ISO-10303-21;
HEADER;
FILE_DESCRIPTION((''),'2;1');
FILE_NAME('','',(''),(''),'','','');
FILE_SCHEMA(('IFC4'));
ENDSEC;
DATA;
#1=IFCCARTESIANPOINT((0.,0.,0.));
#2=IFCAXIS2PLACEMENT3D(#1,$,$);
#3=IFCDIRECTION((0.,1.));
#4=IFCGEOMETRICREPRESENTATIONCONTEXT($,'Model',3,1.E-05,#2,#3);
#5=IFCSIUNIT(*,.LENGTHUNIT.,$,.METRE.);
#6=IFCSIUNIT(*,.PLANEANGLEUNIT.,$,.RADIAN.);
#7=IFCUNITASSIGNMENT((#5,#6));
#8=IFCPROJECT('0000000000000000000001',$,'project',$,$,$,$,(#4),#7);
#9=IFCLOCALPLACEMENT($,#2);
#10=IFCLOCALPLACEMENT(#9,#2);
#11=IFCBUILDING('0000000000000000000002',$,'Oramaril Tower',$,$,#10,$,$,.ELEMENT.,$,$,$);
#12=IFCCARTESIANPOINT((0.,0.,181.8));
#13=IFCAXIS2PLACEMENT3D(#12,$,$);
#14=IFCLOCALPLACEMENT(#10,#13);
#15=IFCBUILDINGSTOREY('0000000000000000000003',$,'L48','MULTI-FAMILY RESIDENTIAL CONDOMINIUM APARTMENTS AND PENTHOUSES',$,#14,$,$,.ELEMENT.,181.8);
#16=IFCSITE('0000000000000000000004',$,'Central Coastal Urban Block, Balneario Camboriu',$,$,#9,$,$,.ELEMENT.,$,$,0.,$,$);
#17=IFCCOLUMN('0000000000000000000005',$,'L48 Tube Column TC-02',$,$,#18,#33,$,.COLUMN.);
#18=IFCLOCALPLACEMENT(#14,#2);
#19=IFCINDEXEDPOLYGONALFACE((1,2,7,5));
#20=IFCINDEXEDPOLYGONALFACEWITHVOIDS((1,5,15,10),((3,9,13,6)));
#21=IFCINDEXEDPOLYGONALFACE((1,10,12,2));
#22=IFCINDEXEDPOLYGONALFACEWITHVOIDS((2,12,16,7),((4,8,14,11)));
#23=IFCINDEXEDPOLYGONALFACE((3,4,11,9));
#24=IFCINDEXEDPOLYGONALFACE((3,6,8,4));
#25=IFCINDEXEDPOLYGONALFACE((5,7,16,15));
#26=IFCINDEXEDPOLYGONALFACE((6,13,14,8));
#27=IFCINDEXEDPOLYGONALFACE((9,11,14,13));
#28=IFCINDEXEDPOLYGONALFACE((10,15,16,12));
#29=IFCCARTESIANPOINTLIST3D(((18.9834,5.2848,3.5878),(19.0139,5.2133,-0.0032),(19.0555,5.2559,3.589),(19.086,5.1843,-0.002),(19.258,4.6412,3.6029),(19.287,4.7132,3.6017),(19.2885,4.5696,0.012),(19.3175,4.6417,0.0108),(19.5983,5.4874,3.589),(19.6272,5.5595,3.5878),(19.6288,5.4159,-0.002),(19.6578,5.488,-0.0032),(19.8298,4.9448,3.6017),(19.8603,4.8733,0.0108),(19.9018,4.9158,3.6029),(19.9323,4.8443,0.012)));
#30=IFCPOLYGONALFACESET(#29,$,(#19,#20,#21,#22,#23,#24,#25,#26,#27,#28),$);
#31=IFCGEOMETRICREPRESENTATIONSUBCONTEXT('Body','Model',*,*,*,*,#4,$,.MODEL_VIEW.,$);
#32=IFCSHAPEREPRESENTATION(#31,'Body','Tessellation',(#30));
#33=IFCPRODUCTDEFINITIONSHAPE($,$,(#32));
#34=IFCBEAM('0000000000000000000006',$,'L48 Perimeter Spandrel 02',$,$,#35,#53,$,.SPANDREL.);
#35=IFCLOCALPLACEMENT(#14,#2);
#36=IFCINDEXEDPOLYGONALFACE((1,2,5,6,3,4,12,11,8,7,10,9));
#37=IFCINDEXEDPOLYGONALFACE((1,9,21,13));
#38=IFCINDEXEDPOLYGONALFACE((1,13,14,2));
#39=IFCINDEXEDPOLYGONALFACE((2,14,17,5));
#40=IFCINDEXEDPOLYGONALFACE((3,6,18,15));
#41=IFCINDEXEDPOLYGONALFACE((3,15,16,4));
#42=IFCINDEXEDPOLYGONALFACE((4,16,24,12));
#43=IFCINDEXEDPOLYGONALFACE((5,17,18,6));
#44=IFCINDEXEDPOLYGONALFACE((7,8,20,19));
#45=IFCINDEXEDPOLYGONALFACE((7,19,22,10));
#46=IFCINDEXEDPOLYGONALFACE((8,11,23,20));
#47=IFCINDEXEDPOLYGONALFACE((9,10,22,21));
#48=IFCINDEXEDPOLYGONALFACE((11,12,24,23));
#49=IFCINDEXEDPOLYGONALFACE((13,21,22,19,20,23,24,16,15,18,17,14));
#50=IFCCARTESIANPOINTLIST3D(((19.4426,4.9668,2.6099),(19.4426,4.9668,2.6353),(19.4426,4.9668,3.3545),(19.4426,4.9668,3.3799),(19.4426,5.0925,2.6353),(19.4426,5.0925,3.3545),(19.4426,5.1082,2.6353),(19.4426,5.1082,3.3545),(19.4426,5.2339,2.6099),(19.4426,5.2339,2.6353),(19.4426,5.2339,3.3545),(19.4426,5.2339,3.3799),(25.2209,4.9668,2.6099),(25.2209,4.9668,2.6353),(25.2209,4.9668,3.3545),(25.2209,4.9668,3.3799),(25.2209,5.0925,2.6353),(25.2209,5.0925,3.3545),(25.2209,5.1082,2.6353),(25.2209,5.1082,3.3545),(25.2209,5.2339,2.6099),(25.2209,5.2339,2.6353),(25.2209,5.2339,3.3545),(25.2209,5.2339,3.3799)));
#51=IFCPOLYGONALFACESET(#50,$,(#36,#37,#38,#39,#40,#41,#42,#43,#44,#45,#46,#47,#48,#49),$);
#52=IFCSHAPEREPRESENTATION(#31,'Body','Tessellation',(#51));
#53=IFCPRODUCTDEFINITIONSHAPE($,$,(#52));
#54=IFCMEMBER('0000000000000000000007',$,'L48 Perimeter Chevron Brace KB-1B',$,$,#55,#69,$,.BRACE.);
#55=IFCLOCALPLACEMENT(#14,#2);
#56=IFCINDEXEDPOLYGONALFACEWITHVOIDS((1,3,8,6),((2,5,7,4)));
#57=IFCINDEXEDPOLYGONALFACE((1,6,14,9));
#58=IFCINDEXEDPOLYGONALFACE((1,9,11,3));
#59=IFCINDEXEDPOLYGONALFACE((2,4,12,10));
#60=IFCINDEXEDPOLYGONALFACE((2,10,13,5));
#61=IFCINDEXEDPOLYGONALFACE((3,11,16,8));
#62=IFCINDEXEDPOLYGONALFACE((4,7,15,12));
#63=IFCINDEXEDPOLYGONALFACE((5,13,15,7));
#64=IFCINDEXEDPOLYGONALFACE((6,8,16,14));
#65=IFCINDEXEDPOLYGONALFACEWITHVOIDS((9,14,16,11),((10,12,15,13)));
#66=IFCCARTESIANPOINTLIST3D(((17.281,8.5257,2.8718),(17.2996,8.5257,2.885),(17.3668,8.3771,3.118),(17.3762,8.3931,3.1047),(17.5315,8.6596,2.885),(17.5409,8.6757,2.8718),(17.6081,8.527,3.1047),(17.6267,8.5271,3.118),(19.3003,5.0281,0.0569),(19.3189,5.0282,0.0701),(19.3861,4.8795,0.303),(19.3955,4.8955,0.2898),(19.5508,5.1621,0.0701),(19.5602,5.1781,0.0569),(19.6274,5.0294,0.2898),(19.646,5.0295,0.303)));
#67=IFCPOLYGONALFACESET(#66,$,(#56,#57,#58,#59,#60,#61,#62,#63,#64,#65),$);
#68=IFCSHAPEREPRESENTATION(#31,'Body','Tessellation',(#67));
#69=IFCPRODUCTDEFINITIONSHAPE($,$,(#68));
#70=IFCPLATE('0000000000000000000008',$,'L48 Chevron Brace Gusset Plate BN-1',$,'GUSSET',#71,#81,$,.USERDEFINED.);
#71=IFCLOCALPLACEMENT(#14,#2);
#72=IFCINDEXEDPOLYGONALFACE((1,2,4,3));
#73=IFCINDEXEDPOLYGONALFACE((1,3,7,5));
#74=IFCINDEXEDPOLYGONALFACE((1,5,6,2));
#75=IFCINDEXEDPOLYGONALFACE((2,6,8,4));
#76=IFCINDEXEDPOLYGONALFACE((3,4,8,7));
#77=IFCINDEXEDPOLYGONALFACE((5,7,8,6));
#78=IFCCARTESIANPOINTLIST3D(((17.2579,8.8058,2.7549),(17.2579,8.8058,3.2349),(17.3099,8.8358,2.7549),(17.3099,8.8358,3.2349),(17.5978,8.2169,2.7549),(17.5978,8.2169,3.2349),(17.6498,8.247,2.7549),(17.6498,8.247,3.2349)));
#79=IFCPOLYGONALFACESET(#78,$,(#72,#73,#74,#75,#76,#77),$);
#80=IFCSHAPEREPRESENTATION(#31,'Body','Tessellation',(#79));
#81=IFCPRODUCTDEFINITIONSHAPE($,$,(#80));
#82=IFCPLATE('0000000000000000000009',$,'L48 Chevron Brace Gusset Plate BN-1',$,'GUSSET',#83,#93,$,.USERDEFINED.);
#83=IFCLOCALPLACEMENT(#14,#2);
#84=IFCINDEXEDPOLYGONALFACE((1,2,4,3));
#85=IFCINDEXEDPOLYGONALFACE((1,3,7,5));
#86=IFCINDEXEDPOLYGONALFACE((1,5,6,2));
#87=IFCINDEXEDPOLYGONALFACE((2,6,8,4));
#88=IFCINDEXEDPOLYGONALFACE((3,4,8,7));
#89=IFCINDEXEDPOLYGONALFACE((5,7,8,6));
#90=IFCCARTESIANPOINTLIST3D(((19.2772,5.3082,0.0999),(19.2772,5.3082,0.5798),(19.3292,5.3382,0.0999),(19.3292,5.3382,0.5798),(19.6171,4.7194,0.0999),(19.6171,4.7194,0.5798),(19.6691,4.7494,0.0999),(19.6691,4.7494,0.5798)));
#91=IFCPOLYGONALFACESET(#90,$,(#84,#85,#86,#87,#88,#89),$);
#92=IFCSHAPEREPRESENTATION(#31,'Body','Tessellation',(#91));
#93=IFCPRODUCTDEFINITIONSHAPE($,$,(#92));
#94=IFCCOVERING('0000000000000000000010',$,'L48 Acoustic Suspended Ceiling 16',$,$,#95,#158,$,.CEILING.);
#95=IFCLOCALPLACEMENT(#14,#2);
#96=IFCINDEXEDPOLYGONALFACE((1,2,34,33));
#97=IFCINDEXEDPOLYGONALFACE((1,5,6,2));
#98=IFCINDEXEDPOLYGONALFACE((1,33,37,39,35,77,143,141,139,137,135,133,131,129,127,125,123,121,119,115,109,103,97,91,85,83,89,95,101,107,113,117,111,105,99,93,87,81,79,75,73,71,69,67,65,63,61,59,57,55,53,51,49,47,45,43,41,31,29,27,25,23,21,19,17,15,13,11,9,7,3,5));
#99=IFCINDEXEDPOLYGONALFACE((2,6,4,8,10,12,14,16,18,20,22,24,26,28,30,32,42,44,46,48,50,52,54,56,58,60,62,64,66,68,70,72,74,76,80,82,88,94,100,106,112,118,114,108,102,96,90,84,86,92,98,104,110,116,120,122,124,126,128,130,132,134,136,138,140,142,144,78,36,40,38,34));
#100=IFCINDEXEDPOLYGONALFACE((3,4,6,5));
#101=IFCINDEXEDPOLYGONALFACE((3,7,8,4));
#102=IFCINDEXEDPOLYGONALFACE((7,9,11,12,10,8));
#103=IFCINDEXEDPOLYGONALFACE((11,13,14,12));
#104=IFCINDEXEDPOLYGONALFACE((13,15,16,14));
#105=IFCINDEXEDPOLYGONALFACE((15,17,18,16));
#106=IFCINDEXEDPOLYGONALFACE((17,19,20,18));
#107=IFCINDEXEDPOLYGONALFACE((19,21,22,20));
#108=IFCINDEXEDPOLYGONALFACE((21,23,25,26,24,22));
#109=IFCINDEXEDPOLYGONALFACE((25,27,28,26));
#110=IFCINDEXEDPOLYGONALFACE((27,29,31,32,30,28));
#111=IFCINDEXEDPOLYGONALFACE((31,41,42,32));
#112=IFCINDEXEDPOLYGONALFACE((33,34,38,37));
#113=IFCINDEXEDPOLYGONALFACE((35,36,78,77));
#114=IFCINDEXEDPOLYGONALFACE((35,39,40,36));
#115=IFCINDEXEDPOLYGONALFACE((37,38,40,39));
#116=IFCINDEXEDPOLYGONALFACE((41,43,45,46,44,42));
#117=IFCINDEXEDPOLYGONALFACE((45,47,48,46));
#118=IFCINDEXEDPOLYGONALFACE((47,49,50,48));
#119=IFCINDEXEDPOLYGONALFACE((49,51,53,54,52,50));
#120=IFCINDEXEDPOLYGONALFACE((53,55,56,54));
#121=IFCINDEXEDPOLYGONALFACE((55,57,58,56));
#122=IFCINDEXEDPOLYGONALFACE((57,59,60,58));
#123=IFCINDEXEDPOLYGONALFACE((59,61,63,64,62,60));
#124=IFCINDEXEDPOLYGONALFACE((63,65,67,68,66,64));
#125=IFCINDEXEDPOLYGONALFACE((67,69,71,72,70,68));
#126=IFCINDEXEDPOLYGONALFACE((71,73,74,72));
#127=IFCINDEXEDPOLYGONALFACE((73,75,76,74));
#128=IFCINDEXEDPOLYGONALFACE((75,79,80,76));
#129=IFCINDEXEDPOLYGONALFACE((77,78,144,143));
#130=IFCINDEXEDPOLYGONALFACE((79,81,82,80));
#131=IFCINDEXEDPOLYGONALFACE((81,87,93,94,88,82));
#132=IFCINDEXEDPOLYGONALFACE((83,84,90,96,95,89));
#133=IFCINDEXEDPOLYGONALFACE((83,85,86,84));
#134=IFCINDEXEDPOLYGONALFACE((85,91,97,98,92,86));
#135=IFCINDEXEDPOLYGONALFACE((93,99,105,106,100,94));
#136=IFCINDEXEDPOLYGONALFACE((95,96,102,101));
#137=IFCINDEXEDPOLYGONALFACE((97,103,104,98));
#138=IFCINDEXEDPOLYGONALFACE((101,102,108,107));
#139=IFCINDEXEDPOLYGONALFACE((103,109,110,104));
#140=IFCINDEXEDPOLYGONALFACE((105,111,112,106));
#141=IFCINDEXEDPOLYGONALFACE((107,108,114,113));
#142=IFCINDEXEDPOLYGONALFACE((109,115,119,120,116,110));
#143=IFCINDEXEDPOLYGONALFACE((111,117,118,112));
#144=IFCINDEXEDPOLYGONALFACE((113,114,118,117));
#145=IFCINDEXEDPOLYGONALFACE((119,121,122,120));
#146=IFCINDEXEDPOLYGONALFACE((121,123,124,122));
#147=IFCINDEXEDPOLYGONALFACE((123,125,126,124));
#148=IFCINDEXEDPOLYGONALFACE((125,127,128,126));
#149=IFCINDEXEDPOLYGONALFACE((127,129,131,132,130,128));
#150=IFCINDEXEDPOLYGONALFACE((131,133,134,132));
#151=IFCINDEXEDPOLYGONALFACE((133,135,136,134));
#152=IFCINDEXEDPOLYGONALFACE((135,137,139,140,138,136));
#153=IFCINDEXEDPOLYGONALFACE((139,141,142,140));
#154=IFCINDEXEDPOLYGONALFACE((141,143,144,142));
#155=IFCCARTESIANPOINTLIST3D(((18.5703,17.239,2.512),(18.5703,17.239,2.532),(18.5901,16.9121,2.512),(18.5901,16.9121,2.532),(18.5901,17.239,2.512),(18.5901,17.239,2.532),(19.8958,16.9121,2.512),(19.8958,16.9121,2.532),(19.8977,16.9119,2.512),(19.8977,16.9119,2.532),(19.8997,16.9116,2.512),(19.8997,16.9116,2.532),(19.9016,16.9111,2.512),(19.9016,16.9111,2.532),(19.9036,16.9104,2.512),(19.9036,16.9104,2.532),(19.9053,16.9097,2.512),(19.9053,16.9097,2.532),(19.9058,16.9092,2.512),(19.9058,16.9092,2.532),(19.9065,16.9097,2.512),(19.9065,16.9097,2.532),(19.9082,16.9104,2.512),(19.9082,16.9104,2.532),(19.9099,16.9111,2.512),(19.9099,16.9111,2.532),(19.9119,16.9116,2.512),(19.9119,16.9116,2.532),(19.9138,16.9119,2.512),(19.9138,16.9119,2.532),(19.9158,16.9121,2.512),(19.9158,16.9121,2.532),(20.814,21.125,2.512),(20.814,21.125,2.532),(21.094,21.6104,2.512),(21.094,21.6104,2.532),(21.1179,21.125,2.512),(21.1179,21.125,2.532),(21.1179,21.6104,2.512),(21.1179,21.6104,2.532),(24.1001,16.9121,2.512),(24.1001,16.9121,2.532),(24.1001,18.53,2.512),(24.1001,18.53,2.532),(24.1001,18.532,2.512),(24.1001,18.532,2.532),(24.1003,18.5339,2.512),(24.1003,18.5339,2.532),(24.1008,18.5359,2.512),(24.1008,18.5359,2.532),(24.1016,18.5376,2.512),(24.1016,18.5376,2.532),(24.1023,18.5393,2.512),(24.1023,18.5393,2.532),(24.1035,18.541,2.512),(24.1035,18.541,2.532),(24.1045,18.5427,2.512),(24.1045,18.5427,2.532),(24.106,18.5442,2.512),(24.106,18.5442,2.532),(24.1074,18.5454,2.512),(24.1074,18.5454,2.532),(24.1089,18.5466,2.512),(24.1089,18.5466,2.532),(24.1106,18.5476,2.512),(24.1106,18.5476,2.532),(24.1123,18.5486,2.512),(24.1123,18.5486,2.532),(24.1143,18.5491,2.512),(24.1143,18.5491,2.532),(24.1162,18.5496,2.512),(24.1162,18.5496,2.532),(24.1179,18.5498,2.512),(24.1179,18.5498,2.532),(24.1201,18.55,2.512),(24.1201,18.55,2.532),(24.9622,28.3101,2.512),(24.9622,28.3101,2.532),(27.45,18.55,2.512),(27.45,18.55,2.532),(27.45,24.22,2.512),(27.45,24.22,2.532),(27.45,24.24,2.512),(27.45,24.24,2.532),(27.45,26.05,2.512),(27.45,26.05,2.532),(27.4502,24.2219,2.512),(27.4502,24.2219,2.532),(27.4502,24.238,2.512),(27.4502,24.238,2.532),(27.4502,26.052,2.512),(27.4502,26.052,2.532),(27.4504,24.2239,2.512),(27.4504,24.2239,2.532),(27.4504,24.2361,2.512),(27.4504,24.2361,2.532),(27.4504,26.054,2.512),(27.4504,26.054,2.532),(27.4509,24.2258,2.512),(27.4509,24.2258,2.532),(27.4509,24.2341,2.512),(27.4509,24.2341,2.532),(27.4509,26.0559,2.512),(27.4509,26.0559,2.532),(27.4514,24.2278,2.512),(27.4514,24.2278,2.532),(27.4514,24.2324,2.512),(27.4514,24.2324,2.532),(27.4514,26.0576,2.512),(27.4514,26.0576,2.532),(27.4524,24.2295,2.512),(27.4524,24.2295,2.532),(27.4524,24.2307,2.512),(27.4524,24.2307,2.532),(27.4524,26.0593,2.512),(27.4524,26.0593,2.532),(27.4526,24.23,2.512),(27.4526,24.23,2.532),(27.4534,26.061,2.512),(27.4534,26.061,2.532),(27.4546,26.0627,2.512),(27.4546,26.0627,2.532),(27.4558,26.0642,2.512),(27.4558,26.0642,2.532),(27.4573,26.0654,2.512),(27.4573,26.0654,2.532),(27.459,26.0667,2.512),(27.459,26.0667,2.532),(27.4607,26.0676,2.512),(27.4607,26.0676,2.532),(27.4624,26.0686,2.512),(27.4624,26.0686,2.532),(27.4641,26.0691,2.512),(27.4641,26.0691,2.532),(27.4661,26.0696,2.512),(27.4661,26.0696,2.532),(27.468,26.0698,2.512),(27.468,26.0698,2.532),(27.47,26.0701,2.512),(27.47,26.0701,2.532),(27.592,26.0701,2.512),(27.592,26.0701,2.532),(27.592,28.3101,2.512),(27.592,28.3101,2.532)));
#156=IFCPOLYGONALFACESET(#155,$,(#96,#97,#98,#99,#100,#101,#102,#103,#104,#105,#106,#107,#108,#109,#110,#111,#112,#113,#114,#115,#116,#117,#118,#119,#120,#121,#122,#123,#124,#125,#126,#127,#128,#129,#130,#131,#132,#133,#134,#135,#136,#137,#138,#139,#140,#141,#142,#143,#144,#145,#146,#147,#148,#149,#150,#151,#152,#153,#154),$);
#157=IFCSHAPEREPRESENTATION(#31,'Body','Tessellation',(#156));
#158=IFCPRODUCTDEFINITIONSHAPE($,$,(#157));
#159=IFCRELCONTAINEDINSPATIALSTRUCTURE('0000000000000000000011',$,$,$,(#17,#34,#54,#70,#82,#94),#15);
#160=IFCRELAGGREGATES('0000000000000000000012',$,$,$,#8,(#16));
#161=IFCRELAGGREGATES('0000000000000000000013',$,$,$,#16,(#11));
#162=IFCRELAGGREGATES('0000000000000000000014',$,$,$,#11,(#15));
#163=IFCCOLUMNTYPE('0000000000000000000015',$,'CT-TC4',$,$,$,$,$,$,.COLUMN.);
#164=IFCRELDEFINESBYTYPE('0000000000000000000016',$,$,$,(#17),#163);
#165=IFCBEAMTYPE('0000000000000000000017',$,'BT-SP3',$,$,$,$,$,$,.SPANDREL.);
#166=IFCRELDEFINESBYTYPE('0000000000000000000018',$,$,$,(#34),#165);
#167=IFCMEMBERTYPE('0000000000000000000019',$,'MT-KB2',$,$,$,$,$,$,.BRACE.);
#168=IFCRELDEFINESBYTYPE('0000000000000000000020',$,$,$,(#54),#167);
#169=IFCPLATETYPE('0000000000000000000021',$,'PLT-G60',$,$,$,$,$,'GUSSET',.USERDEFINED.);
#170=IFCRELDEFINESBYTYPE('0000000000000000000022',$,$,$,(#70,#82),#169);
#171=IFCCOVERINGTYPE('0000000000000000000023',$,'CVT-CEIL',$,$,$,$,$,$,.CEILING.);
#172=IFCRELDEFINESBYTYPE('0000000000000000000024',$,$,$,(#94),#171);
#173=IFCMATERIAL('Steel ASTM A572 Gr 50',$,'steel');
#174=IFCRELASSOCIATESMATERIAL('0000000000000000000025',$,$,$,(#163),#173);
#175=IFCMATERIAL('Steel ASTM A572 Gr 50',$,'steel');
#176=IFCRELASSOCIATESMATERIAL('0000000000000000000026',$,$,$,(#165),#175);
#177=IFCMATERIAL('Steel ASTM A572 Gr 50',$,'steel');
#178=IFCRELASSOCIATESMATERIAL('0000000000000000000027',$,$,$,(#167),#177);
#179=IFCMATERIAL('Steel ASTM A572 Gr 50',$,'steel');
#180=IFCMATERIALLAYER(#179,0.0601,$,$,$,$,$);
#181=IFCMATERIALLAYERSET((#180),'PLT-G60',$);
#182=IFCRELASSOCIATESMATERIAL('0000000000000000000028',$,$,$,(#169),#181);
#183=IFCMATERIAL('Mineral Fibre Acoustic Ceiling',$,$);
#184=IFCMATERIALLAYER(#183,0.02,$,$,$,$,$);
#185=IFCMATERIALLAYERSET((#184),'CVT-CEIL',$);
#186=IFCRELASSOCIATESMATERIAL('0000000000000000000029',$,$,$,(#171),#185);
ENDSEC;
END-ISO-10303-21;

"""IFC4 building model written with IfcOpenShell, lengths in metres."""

from ifc_helpers import new_model, si_unit, direction, frame, origin, origin_2d, place, context, subcontext, project, spatial, polyline, rectangle, hollow_rectangle, i_section, outline, extrude, material, layer, layer_set, material_profile, profile_set, type_object, element, save


model = new_model("IFC4")

# Units and contexts
model_context = context("Model", 3, precision=1e-05, world=origin(), true_north=direction((0.0, 1.0)))
body_context = subcontext(model_context, "Body", "Model", "MODEL_VIEW")
ifc_project = project(units=[si_unit("LENGTHUNIT", "METRE"), si_unit("PLANEANGLEUNIT", "RADIAN")], contexts=[model_context])

# Site, building, storey
site_placement = place(None, origin())
site = spatial("IfcSite", under=ifc_project, at=site_placement, Name="Central Coastal Urban Block, Balneario Camboriu", CompositionType="ELEMENT", RefElevation=0.0)
building_placement = place(site_placement, origin())
building = spatial("IfcBuilding", under=site, at=building_placement, Name="Oramaril Tower", CompositionType="ELEMENT")
storey_placement = place(building_placement, frame((0.0, 0.0, 181.8)))
storey = spatial("IfcBuildingStorey", under=building, at=storey_placement, Name="L48", Description="MULTI-FAMILY RESIDENTIAL CONDOMINIUM APARTMENTS AND PENTHOUSES", CompositionType="ELEMENT", Elevation=181.8)

# Column
ifc_material_1 = material(Name="Steel ASTM A572 Gr 50", Category="steel")
ifc_material_profile_1 = material_profile(ifc_material_1, hollow_rectangle(XDim=0.7, YDim=0.7, WallThickness=0.0549, at=origin_2d()), Name="BOX700X700X55")
ifc_profile_set_1 = profile_set([ifc_material_profile_1], Name="Steel ASTM A572 Gr 50")
column_type = type_object("IfcColumnType", Name="CT-TC4", PredefinedType="COLUMN", material=ifc_profile_set_1)
column_placement = place(storey_placement, frame((19.4731, 5.0288, 0.0044), z_axis=(-0.008496, 0.019915, 0.999766), x_axis=(-0.919793, -0.392403, 0.0)))
element("IfcColumn", 1, at=column_placement, inside=storey, type_object=column_type, Name="L48 Tube Column TC-02", PredefinedType="COLUMN", context=body_context, shape_type="SweptSolid", body=[
    extrude(hollow_rectangle(XDim=0.7, YDim=0.7, WallThickness=0.0549, at=origin_2d()), origin(), (0.0, 0.0, 1.0), 3.5918),
])

# Beam
ifc_material_2 = material(Name="Steel ASTM A572 Gr 50", Category="steel")
ifc_material_profile_2 = material_profile(ifc_material_2, i_section(OverallWidth=0.2671, OverallDepth=0.77, WebThickness=0.0156, FlangeThickness=0.0254, at=origin_2d()), Name="W30X132")
ifc_profile_set_2 = profile_set([ifc_material_profile_2], Name="Steel ASTM A572 Gr 50")
beam_type = type_object("IfcBeamType", Name="BT-SP3", PredefinedType="SPANDREL", material=ifc_profile_set_2)
beam_placement = place(storey_placement, frame((19.4426, 5.1003, 2.9949), z_axis=(1.0, 0.0, 0.0), x_axis=(0.0, 1.0, 0.0)))
element("IfcBeam", 2, at=beam_placement, inside=storey, type_object=beam_type, Name="L48 Perimeter Spandrel 02", PredefinedType="SPANDREL", context=body_context, shape_type="SweptSolid", body=[
    extrude(i_section(OverallWidth=0.2671, OverallDepth=0.77, WebThickness=0.0156, FlangeThickness=0.0254, at=origin_2d()), origin(), (0.0, 0.0, 1.0), 5.7783),
])

# Member
ifc_material_3 = material(Name="Steel ASTM A572 Gr 50", Category="steel")
ifc_material_profile_3 = material_profile(ifc_material_3, hollow_rectangle(XDim=0.3, YDim=0.3, WallThickness=0.0161, at=origin_2d()), Name="HSS300X300X16")
ifc_profile_set_3 = profile_set([ifc_material_profile_3], Name="Steel ASTM A572 Gr 50")
member_type = type_object("IfcMemberType", Name="MT-KB2", PredefinedType="BRACE", material=ifc_profile_set_3)
member_placement = place(storey_placement, frame((19.4731, 5.0288, 0.1799), z_axis=(-0.410188, 0.710476, 0.571813), x_axis=(-0.866029, -0.499995, 0.0)))
element("IfcMember", 3, at=member_placement, inside=storey, type_object=member_type, Name="L48 Perimeter Chevron Brace KB-1B", PredefinedType="BRACE", context=body_context, shape_type="SweptSolid", body=[
    extrude(hollow_rectangle(XDim=0.3, YDim=0.3, WallThickness=0.0161, at=origin_2d()), origin(), (0.0, 0.0, 1.0), 4.9229),
])

# Plates
ifc_material_4 = material(Name="Steel ASTM A572 Gr 50", Category="steel")
ifc_layer_1 = layer(ifc_material_4, 0.0601)
ifc_layer_set_1 = layer_set([ifc_layer_1], Name="PLT-G60")
plate_type = type_object("IfcPlateType", Name="PLT-G60", ElementType="GUSSET", PredefinedType="USERDEFINED", material=ifc_layer_set_1)
for number, where, z_axis, x_axis, name in (
    (4, (17.4539, 8.5264, 2.7549), (0.0, 0.0, 1.0), (0.500009, -0.86602, 0.0), "L48 Chevron Brace Gusset Plate BN-1"),
    (5, (19.4731, 5.0288, 0.0999), (0.0, 0.0, 1.0), (0.500009, -0.86602, 0.0), "L48 Chevron Brace Gusset Plate BN-1"),
):
    element("IfcPlate", number, at=place(storey_placement, frame(where, z_axis=z_axis, x_axis=x_axis)), inside=storey, type_object=plate_type, Name=name, ObjectType="GUSSET", PredefinedType="USERDEFINED", context=body_context, shape_type="SweptSolid", body=[
        extrude(rectangle(XDim=0.6799, YDim=0.0601, at=origin_2d()), origin(), (0.0, 0.0, 1.0), 0.48),
    ])

# Covering
ifc_material_5 = material(Name="Mineral Fibre Acoustic Ceiling")
ifc_layer_2 = layer(ifc_material_5, 0.02)
ifc_layer_set_2 = layer_set([ifc_layer_2], Name="CVT-CEIL")
covering_type_1 = type_object("IfcCoveringType", Name="CVT-CEIL", PredefinedType="CEILING", material=ifc_layer_set_2)
covering_1_placement = place(storey_placement, frame((0.0, 0.0, 2.512)))
element("IfcCovering", 6, at=covering_1_placement, inside=storey, type_object=covering_type_1, Name="L48 Acoustic Suspended Ceiling 16", PredefinedType="CEILING", context=body_context, shape_type="SweptSolid", body=[
    extrude(outline(polyline([(18.5901, 17.239), (18.5703, 17.239), (20.814, 21.125), (21.1179, 21.125), (21.1179, 21.6104), (21.094, 21.6104), (24.9622, 28.3101), (27.592, 28.3101), (27.592, 26.0701), (27.47, 26.0701), (27.468, 26.0698), (27.4661, 26.0696), (27.4641, 26.0691), (27.4624, 26.0686), (27.4607, 26.0676), (27.459, 26.0667), (27.4573, 26.0654), (27.4558, 26.0642), (27.4546, 26.0627), (27.4534, 26.061), (27.4524, 26.0593), (27.4514, 26.0576), (27.4509, 26.0559), (27.4504, 26.054), (27.4502, 26.052), (27.45, 26.05), (27.45, 24.24), (27.4502, 24.238), (27.4504, 24.2361), (27.4509, 24.2341), (27.4514, 24.2324), (27.4524, 24.2307), (27.4526, 24.23), (27.4524, 24.2295), (27.4514, 24.2278), (27.4509, 24.2258), (27.4504, 24.2239), (27.4502, 24.2219), (27.45, 24.22), (27.45, 18.55), (24.1201, 18.55), (24.1179, 18.5498), (24.1162, 18.5496), (24.1143, 18.5491), (24.1123, 18.5486), (24.1106, 18.5476), (24.1089, 18.5466), (24.1074, 18.5454), (24.106, 18.5442), (24.1045, 18.5427), (24.1035, 18.541), (24.1023, 18.5393), (24.1016, 18.5376), (24.1008, 18.5359), (24.1003, 18.5339), (24.1001, 18.532), (24.1001, 18.53), (24.1001, 16.9121), (19.9158, 16.9121), (19.9138, 16.9119), (19.9119, 16.9116), (19.9099, 16.9111), (19.9082, 16.9104), (19.9065, 16.9097), (19.9058, 16.9092), (19.9053, 16.9097), (19.9036, 16.9104), (19.9016, 16.9111), (19.8997, 16.9116), (19.8977, 16.9119), (19.8958, 16.9121), (18.5901, 16.9121), (18.5901, 17.239)])), origin(), (0.0, 0.0, 1.0), 0.02),
])

save(model, "model.ifc")
